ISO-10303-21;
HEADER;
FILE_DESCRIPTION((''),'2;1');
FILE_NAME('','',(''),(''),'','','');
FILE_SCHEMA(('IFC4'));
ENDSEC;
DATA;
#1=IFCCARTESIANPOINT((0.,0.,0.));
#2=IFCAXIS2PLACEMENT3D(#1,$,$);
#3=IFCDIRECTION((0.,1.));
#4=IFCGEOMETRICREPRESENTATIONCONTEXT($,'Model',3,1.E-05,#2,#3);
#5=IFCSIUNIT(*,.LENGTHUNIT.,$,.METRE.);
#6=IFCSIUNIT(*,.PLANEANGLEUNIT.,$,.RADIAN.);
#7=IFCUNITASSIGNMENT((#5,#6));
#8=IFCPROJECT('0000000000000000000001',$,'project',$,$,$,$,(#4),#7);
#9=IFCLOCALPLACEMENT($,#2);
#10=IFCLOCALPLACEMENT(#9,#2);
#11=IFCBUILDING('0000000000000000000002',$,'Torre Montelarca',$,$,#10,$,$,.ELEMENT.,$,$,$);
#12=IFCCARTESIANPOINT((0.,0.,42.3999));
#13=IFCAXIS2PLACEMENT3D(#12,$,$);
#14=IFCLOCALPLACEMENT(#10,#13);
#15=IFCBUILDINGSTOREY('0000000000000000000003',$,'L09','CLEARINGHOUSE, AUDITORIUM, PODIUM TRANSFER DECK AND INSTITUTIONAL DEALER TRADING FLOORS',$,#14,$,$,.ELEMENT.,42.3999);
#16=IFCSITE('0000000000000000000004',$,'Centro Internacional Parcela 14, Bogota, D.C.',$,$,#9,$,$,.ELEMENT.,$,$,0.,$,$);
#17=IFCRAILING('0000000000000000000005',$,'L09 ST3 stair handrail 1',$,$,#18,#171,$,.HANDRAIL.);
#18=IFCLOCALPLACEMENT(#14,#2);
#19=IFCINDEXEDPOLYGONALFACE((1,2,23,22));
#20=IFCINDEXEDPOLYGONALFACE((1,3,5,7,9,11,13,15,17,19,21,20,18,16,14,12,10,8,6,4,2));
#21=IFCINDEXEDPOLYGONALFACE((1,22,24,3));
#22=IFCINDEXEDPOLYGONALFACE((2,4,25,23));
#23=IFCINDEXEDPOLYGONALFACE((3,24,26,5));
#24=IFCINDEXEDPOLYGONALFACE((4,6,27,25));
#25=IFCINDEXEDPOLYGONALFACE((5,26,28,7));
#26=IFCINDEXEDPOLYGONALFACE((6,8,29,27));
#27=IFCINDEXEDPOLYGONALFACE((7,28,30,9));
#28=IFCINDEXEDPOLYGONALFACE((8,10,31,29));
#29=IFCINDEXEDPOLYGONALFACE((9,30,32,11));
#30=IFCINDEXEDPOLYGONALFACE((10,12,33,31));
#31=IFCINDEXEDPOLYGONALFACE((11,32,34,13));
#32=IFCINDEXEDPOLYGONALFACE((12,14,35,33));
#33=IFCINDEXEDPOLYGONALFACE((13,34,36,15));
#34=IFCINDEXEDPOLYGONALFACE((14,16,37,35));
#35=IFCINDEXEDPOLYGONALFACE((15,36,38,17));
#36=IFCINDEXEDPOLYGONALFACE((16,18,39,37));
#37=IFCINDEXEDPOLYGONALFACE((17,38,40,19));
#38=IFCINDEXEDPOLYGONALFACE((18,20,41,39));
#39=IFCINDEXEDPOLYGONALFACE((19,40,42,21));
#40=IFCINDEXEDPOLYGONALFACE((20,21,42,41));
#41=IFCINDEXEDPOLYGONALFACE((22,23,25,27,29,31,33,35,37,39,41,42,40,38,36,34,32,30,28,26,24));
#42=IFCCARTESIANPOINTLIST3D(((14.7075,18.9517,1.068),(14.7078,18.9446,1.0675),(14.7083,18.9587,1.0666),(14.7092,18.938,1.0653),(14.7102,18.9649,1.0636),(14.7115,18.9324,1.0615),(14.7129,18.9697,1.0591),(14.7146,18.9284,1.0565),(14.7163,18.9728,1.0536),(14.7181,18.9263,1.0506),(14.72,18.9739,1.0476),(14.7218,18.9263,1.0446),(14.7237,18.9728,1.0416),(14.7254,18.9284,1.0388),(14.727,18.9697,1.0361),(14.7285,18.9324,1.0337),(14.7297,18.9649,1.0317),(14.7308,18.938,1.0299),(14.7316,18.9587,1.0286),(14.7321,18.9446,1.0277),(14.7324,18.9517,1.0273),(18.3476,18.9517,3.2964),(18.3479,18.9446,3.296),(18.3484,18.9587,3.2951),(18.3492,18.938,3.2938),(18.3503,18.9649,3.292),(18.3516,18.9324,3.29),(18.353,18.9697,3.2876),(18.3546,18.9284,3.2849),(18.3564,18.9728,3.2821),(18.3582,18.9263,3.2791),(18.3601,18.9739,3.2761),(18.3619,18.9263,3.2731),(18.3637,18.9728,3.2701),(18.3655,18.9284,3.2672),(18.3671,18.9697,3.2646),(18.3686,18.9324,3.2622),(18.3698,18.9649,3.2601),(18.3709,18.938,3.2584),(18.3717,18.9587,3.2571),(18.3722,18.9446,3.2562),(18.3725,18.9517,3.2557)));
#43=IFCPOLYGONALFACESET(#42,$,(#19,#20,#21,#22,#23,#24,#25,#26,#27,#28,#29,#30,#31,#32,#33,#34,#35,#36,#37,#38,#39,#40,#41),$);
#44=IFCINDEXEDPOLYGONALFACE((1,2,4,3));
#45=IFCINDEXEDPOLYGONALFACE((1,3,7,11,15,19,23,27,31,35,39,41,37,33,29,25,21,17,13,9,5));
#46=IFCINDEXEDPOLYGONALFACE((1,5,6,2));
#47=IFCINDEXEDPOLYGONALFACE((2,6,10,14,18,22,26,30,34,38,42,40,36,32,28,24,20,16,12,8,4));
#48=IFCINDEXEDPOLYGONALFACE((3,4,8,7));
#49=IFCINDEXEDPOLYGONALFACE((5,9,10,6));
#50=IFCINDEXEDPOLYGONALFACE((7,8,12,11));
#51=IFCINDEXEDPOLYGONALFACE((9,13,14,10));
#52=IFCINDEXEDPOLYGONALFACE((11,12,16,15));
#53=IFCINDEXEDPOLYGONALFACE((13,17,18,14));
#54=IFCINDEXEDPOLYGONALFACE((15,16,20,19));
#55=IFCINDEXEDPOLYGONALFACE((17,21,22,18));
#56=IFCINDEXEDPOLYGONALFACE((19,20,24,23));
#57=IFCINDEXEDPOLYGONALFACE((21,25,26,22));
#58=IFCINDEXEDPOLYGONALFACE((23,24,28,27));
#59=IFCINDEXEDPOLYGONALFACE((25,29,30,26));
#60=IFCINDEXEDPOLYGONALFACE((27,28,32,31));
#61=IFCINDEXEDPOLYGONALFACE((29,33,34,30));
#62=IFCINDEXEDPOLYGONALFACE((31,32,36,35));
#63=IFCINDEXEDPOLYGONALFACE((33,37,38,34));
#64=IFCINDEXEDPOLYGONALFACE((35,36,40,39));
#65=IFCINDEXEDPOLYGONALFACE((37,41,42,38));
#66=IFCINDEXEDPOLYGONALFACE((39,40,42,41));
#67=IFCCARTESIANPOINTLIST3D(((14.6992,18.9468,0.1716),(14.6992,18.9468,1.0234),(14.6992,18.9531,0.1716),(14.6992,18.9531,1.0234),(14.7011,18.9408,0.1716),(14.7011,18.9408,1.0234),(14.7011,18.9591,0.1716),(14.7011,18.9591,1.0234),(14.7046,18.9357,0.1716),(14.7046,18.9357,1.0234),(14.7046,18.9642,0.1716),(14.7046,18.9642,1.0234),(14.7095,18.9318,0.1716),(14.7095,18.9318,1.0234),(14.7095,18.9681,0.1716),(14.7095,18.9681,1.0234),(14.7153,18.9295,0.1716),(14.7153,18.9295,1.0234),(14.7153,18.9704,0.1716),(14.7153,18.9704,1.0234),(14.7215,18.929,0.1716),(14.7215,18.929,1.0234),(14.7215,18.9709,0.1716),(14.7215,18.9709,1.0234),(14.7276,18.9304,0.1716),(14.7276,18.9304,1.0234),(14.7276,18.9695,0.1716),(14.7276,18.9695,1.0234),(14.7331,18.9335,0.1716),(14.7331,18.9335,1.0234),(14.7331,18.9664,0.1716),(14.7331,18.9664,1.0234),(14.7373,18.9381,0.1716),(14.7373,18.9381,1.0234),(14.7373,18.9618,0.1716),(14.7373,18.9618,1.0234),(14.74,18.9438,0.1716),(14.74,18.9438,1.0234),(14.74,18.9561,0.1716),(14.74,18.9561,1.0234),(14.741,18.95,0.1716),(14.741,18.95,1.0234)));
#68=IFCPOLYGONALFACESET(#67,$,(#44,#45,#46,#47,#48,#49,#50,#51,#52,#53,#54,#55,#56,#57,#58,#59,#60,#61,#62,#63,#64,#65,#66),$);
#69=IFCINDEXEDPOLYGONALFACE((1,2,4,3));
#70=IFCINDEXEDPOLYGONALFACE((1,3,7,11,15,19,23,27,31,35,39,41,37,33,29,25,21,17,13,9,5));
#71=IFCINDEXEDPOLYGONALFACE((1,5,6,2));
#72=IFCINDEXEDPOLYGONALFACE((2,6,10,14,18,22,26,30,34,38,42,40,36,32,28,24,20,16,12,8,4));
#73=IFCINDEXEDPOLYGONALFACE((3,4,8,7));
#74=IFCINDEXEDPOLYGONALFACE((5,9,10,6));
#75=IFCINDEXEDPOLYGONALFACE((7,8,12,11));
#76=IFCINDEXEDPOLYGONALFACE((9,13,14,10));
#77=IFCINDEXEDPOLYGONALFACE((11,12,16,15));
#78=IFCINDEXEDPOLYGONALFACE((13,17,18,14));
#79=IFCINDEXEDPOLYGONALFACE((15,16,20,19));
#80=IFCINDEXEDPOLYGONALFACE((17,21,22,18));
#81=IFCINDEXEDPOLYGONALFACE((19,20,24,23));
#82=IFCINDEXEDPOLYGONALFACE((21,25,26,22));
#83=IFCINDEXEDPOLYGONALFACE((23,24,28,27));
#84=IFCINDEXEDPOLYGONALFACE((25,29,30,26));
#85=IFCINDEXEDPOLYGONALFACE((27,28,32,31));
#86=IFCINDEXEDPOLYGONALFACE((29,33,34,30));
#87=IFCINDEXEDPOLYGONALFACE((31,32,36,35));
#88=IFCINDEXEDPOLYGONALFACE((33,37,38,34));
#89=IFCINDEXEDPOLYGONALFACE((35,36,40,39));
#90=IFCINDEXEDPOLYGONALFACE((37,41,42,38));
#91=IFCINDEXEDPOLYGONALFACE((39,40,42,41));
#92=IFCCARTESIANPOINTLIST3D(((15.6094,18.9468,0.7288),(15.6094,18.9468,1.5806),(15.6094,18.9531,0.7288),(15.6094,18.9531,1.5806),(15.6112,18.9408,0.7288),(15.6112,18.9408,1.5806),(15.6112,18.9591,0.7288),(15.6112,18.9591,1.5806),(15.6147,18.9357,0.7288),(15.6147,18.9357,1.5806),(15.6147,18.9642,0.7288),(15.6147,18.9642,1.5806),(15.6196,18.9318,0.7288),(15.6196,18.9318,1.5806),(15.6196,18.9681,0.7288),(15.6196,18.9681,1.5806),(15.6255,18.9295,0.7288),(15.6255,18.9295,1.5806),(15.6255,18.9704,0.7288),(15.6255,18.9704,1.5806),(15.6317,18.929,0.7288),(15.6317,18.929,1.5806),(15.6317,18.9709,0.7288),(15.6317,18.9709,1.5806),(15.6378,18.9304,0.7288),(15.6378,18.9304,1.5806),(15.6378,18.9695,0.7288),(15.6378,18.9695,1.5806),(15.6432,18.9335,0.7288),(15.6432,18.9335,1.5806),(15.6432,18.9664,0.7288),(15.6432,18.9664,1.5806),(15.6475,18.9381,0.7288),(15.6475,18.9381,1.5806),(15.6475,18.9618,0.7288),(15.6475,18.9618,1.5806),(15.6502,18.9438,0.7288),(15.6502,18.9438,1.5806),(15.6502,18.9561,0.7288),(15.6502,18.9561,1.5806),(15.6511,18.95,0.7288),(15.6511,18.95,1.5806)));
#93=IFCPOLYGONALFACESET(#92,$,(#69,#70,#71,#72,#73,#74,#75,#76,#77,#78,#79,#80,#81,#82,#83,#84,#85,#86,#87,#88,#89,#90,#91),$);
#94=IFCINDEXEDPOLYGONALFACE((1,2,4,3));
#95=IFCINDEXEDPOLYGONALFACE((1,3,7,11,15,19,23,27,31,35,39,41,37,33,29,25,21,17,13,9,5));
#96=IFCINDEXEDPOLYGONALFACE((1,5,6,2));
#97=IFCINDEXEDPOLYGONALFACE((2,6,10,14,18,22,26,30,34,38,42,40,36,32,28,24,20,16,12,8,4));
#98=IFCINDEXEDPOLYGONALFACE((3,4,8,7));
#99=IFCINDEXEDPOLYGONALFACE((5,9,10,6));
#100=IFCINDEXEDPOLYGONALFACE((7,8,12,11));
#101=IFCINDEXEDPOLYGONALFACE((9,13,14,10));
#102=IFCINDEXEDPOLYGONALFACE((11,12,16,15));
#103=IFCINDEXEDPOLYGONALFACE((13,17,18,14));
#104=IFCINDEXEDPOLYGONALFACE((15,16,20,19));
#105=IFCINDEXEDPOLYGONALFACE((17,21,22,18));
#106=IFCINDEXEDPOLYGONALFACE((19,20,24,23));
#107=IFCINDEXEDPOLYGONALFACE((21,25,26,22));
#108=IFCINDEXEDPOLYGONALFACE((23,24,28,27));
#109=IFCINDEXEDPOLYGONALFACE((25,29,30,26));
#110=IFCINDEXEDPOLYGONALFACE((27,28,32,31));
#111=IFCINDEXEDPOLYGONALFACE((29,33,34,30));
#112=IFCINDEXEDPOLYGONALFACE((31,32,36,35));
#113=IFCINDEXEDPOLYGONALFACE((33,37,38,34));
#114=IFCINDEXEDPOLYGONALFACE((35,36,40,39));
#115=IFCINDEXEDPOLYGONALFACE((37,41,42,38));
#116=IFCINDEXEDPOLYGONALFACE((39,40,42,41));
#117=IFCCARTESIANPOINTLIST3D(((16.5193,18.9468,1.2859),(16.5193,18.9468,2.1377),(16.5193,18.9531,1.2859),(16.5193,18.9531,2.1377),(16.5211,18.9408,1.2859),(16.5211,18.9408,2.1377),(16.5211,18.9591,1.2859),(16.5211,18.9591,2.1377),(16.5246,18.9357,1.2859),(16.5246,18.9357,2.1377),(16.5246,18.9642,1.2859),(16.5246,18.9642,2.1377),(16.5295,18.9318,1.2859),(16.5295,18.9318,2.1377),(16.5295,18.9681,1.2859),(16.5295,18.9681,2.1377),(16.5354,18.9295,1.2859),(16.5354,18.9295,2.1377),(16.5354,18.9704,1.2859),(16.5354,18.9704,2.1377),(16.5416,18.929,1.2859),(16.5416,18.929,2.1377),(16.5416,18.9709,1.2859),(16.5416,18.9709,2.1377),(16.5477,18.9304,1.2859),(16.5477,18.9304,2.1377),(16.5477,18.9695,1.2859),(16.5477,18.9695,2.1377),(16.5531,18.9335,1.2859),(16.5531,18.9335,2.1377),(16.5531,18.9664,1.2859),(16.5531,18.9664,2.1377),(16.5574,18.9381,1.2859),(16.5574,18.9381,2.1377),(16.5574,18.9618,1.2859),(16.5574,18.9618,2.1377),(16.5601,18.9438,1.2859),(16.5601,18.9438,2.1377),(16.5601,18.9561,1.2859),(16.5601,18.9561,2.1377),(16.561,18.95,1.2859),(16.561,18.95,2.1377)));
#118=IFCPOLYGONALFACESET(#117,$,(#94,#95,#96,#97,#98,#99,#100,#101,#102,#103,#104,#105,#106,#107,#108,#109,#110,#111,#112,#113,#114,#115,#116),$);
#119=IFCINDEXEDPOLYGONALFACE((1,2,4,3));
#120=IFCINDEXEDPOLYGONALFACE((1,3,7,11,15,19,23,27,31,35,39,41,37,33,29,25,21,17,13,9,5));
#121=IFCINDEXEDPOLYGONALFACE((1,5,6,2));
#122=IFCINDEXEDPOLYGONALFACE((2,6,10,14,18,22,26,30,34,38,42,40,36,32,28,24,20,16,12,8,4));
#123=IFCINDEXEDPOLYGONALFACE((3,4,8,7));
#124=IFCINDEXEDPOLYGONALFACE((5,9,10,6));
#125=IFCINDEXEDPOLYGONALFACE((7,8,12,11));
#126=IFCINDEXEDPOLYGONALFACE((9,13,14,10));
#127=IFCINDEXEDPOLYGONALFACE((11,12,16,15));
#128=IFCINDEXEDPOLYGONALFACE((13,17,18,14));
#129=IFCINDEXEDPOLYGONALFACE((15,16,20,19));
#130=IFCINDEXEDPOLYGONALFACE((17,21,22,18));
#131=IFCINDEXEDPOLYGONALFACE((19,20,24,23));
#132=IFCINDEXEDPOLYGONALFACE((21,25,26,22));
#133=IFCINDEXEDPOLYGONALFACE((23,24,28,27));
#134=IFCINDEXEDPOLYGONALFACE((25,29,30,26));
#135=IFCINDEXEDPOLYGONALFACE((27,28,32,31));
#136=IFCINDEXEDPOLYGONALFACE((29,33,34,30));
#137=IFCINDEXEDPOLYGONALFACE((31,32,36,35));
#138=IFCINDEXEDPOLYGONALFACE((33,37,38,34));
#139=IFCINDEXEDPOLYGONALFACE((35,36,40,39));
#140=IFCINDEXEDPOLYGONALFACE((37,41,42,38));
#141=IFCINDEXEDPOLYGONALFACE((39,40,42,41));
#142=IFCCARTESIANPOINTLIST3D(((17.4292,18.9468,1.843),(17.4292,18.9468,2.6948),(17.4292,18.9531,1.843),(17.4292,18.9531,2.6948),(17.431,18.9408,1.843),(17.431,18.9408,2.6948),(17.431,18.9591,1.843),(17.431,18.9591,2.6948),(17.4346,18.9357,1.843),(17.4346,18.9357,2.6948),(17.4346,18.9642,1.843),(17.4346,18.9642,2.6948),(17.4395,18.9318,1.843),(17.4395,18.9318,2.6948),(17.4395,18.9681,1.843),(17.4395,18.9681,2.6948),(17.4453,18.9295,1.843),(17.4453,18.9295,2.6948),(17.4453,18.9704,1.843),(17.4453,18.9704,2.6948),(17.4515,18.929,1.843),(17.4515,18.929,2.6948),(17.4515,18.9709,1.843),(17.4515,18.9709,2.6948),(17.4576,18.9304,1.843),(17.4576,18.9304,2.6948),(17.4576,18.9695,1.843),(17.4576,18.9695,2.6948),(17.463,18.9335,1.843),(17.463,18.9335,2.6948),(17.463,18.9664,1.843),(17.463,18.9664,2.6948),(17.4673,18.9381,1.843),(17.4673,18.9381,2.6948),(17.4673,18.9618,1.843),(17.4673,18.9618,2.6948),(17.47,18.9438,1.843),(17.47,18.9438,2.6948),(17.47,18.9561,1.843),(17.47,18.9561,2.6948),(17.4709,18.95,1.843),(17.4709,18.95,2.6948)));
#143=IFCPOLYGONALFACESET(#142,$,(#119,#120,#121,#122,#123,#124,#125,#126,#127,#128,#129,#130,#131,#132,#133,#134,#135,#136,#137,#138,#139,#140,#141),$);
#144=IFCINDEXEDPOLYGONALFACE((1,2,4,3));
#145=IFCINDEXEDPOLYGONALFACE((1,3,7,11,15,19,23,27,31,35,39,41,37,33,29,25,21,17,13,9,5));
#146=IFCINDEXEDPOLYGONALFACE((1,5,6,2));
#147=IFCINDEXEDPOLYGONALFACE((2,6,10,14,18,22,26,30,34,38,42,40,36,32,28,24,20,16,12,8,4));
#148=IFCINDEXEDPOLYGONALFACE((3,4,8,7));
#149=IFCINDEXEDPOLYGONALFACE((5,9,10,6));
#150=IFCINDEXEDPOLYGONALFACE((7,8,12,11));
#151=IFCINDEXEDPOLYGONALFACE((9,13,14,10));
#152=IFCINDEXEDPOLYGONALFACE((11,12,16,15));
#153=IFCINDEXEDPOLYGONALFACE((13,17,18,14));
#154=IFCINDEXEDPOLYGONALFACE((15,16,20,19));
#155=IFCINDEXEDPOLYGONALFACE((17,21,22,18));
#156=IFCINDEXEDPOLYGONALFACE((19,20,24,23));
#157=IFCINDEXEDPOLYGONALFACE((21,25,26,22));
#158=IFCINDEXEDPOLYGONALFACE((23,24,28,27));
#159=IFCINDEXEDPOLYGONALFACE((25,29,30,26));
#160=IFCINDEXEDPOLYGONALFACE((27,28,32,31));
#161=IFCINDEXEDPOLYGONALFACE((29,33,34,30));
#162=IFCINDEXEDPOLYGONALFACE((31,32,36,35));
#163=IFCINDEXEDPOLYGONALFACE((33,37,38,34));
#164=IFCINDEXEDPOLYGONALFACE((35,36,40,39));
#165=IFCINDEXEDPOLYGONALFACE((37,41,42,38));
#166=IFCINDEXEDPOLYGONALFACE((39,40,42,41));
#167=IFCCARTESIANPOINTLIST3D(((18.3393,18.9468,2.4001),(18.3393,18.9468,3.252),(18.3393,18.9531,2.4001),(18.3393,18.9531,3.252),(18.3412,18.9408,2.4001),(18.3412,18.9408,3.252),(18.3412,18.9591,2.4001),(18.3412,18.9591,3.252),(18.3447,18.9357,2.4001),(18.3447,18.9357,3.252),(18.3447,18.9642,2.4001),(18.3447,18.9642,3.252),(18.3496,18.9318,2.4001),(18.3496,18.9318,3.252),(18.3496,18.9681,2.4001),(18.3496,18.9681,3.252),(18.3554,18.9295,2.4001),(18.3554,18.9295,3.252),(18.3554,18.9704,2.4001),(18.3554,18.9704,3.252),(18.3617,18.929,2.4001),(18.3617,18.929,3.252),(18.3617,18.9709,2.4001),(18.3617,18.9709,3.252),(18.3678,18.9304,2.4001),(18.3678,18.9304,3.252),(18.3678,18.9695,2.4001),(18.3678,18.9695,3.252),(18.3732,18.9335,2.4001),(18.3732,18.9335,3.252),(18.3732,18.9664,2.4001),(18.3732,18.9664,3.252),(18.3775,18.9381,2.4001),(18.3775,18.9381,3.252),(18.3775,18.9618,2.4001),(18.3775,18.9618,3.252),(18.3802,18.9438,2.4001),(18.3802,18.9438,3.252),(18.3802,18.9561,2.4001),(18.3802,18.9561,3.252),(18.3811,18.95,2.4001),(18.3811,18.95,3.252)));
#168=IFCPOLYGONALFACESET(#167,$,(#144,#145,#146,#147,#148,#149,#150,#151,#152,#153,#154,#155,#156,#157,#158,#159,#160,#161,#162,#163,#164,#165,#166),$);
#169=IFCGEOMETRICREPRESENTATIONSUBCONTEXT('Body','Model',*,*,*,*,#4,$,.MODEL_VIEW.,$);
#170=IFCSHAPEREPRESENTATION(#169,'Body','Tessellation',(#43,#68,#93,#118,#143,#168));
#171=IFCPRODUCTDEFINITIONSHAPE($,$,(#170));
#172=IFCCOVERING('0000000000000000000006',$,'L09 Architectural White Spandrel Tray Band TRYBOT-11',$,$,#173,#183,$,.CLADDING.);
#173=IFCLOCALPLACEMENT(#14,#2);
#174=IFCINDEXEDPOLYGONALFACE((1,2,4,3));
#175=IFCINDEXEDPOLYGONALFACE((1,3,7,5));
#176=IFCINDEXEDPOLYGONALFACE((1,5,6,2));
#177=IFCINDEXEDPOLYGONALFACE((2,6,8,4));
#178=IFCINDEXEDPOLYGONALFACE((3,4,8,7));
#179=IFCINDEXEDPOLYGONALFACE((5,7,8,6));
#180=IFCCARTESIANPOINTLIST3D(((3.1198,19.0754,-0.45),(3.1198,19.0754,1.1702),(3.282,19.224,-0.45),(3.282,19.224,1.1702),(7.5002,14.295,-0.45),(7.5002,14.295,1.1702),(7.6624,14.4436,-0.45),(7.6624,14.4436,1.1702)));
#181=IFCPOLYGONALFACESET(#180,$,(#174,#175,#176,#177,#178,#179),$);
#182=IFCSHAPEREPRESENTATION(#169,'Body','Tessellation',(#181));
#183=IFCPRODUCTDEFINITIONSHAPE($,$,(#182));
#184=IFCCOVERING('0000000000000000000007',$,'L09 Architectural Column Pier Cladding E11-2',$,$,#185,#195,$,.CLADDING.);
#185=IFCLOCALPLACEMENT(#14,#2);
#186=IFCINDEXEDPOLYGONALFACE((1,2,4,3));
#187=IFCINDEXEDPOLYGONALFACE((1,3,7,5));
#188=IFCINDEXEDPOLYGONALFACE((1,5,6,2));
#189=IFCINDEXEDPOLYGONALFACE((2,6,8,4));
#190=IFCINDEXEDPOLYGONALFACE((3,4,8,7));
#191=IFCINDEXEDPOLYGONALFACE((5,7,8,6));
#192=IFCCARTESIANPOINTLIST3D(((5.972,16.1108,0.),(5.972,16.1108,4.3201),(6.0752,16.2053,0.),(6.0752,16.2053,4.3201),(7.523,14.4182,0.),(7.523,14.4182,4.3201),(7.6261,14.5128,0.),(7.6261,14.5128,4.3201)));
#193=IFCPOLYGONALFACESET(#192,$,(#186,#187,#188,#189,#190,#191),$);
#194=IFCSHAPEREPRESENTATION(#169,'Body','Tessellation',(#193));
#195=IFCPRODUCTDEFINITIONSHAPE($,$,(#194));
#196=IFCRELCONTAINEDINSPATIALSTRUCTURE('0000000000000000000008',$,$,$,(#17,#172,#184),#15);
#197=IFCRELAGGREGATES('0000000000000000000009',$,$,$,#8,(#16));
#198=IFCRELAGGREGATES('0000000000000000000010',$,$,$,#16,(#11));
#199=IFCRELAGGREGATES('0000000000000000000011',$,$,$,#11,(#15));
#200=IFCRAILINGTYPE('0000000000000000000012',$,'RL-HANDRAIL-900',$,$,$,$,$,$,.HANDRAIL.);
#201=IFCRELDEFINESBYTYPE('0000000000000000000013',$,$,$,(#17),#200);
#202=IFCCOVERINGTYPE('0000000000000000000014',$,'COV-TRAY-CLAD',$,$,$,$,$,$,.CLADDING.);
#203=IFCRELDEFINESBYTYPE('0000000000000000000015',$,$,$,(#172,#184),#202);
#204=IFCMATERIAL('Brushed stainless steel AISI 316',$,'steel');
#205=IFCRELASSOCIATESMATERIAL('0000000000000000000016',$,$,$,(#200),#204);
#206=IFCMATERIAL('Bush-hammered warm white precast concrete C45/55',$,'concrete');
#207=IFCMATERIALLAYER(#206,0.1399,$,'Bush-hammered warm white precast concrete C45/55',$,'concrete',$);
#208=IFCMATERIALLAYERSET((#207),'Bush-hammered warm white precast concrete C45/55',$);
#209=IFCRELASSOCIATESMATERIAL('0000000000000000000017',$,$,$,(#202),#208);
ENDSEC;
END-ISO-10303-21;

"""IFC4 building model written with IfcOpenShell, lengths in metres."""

from ifc_helpers import new_model, si_unit, direction, frame, origin, origin_2d, place, context, subcontext, project, spatial, rectangle, circle, extrude, source, transform, mapped, material, layer, layer_set, type_object, element, save


model = new_model("IFC4")

# Units and contexts
model_context = context("Model", 3, precision=1e-05, world=origin(), true_north=direction((0.0, 1.0)))
body_context = subcontext(model_context, "Body", "Model", "MODEL_VIEW")
ifc_project = project(units=[si_unit("LENGTHUNIT", "METRE"), si_unit("PLANEANGLEUNIT", "RADIAN")], contexts=[model_context])

# Site, building, storey
site_placement = place(None, origin())
site = spatial("IfcSite", under=ifc_project, at=site_placement, Name="Centro Internacional Parcela 14, Bogota, D.C.", CompositionType="ELEMENT", RefElevation=0.0)
building_placement = place(site_placement, origin())
building = spatial("IfcBuilding", under=site, at=building_placement, Name="Torre Montelarca", CompositionType="ELEMENT")
storey_placement = place(building_placement, frame((0.0, 0.0, 42.3999)))
storey = spatial("IfcBuildingStorey", under=building, at=storey_placement, Name="L09", Description="CLEARINGHOUSE, AUDITORIUM, PODIUM TRANSFER DECK AND INSTITUTIONAL DEALER TRADING FLOORS", CompositionType="ELEMENT", Elevation=42.3999)

# Railing
ifc_material_1 = material(Name="Brushed stainless steel AISI 316", Category="steel")
railing_type = type_object("IfcRailingType", Name="RL-HANDRAIL-900", PredefinedType="HANDRAIL", material=ifc_material_1)
railing_placement = place(storey_placement, frame((14.72, 18.95, 0.1716)))
element("IfcRailing", 1, at=railing_placement, inside=storey, type_object=railing_type, Name="L09 ST3 stair handrail 1", PredefinedType="HANDRAIL", context=body_context, shape_type="SweptSolid", body=[
    extrude(circle(Radius=0.0239, at=origin_2d()), frame((0.0, 0.0, 0.876), z_axis=(0.852866, 0.0, 0.52213), x_axis=(0.0, 1.0, 0.0)), (0.0, 0.0, 1.0), 4.2681),
    extrude(circle(Radius=0.021, at=origin_2d()), origin(), (0.0, 0.0, 1.0), 0.8518),
    extrude(circle(Radius=0.021, at=origin_2d()), frame((0.9102, 0.0, 0.5571)), (0.0, 0.0, 1.0), 0.8518),
    extrude(circle(Radius=0.021, at=origin_2d()), frame((1.8201, 0.0, 1.1143)), (0.0, 0.0, 1.0), 0.8518),
    extrude(circle(Radius=0.021, at=origin_2d()), frame((2.73, 0.0, 1.6714)), (0.0, 0.0, 1.0), 0.8518),
    extrude(circle(Radius=0.021, at=origin_2d()), frame((3.6401, 0.0, 2.2285)), (0.0, 0.0, 1.0), 0.8518),
])

# Coverings
ifc_material_2 = material(Name="Bush-hammered warm white precast concrete C45/55", Category="concrete")
ifc_layer_1 = layer(ifc_material_2, 0.1399, Name="Bush-hammered warm white precast concrete C45/55", Category="concrete")
ifc_layer_set_1 = layer_set([ifc_layer_1], Name="Bush-hammered warm white precast concrete C45/55")
covering_type = type_object("IfcCoveringType", Name="COV-TRAY-CLAD", PredefinedType="CLADDING", material=ifc_layer_set_1)
shared_shape_1 = source(origin(), body_context, "Body", "SweptSolid", [
    extrude(rectangle(XDim=6.4839, YDim=0.22, at=origin_2d()), origin(), (0.0, 0.0, 1.0), 1.6201),
])
covering_1_placement = place(storey_placement, frame((5.3911, 16.7595, -0.45), z_axis=(0.0, 0.0, 1.0), x_axis=(0.675588, -0.73728, 0.0)))
element("IfcCovering", 2, at=covering_1_placement, inside=storey, type_object=covering_type, Name="L09 Architectural White Spandrel Tray Band TRYBOT-11", PredefinedType="CLADDING", context=body_context, shape_type="MappedRepresentation", body=[
    mapped(shared_shape_1, transform((0.0, 0.0, 0.0), scale=1.0)),
])
shared_shape_2 = source(origin(), body_context, "Body", "SweptSolid", [
    extrude(rectangle(XDim=2.2957, YDim=0.1399, at=origin_2d()), origin(), (0.0, 0.0, 1.0), 4.3201),
])
covering_2_placement = place(storey_placement, frame((6.7991, 15.3118, 0.0), z_axis=(0.0, 0.0, 1.0), x_axis=(0.675586, -0.737281, 0.0)))
element("IfcCovering", 3, at=covering_2_placement, inside=storey, type_object=covering_type, Name="L09 Architectural Column Pier Cladding E11-2", PredefinedType="CLADDING", context=body_context, shape_type="MappedRepresentation", body=[
    mapped(shared_shape_2, transform((0.0, 0.0, 0.0), scale=1.0)),
])

save(model, "model.ifc")
